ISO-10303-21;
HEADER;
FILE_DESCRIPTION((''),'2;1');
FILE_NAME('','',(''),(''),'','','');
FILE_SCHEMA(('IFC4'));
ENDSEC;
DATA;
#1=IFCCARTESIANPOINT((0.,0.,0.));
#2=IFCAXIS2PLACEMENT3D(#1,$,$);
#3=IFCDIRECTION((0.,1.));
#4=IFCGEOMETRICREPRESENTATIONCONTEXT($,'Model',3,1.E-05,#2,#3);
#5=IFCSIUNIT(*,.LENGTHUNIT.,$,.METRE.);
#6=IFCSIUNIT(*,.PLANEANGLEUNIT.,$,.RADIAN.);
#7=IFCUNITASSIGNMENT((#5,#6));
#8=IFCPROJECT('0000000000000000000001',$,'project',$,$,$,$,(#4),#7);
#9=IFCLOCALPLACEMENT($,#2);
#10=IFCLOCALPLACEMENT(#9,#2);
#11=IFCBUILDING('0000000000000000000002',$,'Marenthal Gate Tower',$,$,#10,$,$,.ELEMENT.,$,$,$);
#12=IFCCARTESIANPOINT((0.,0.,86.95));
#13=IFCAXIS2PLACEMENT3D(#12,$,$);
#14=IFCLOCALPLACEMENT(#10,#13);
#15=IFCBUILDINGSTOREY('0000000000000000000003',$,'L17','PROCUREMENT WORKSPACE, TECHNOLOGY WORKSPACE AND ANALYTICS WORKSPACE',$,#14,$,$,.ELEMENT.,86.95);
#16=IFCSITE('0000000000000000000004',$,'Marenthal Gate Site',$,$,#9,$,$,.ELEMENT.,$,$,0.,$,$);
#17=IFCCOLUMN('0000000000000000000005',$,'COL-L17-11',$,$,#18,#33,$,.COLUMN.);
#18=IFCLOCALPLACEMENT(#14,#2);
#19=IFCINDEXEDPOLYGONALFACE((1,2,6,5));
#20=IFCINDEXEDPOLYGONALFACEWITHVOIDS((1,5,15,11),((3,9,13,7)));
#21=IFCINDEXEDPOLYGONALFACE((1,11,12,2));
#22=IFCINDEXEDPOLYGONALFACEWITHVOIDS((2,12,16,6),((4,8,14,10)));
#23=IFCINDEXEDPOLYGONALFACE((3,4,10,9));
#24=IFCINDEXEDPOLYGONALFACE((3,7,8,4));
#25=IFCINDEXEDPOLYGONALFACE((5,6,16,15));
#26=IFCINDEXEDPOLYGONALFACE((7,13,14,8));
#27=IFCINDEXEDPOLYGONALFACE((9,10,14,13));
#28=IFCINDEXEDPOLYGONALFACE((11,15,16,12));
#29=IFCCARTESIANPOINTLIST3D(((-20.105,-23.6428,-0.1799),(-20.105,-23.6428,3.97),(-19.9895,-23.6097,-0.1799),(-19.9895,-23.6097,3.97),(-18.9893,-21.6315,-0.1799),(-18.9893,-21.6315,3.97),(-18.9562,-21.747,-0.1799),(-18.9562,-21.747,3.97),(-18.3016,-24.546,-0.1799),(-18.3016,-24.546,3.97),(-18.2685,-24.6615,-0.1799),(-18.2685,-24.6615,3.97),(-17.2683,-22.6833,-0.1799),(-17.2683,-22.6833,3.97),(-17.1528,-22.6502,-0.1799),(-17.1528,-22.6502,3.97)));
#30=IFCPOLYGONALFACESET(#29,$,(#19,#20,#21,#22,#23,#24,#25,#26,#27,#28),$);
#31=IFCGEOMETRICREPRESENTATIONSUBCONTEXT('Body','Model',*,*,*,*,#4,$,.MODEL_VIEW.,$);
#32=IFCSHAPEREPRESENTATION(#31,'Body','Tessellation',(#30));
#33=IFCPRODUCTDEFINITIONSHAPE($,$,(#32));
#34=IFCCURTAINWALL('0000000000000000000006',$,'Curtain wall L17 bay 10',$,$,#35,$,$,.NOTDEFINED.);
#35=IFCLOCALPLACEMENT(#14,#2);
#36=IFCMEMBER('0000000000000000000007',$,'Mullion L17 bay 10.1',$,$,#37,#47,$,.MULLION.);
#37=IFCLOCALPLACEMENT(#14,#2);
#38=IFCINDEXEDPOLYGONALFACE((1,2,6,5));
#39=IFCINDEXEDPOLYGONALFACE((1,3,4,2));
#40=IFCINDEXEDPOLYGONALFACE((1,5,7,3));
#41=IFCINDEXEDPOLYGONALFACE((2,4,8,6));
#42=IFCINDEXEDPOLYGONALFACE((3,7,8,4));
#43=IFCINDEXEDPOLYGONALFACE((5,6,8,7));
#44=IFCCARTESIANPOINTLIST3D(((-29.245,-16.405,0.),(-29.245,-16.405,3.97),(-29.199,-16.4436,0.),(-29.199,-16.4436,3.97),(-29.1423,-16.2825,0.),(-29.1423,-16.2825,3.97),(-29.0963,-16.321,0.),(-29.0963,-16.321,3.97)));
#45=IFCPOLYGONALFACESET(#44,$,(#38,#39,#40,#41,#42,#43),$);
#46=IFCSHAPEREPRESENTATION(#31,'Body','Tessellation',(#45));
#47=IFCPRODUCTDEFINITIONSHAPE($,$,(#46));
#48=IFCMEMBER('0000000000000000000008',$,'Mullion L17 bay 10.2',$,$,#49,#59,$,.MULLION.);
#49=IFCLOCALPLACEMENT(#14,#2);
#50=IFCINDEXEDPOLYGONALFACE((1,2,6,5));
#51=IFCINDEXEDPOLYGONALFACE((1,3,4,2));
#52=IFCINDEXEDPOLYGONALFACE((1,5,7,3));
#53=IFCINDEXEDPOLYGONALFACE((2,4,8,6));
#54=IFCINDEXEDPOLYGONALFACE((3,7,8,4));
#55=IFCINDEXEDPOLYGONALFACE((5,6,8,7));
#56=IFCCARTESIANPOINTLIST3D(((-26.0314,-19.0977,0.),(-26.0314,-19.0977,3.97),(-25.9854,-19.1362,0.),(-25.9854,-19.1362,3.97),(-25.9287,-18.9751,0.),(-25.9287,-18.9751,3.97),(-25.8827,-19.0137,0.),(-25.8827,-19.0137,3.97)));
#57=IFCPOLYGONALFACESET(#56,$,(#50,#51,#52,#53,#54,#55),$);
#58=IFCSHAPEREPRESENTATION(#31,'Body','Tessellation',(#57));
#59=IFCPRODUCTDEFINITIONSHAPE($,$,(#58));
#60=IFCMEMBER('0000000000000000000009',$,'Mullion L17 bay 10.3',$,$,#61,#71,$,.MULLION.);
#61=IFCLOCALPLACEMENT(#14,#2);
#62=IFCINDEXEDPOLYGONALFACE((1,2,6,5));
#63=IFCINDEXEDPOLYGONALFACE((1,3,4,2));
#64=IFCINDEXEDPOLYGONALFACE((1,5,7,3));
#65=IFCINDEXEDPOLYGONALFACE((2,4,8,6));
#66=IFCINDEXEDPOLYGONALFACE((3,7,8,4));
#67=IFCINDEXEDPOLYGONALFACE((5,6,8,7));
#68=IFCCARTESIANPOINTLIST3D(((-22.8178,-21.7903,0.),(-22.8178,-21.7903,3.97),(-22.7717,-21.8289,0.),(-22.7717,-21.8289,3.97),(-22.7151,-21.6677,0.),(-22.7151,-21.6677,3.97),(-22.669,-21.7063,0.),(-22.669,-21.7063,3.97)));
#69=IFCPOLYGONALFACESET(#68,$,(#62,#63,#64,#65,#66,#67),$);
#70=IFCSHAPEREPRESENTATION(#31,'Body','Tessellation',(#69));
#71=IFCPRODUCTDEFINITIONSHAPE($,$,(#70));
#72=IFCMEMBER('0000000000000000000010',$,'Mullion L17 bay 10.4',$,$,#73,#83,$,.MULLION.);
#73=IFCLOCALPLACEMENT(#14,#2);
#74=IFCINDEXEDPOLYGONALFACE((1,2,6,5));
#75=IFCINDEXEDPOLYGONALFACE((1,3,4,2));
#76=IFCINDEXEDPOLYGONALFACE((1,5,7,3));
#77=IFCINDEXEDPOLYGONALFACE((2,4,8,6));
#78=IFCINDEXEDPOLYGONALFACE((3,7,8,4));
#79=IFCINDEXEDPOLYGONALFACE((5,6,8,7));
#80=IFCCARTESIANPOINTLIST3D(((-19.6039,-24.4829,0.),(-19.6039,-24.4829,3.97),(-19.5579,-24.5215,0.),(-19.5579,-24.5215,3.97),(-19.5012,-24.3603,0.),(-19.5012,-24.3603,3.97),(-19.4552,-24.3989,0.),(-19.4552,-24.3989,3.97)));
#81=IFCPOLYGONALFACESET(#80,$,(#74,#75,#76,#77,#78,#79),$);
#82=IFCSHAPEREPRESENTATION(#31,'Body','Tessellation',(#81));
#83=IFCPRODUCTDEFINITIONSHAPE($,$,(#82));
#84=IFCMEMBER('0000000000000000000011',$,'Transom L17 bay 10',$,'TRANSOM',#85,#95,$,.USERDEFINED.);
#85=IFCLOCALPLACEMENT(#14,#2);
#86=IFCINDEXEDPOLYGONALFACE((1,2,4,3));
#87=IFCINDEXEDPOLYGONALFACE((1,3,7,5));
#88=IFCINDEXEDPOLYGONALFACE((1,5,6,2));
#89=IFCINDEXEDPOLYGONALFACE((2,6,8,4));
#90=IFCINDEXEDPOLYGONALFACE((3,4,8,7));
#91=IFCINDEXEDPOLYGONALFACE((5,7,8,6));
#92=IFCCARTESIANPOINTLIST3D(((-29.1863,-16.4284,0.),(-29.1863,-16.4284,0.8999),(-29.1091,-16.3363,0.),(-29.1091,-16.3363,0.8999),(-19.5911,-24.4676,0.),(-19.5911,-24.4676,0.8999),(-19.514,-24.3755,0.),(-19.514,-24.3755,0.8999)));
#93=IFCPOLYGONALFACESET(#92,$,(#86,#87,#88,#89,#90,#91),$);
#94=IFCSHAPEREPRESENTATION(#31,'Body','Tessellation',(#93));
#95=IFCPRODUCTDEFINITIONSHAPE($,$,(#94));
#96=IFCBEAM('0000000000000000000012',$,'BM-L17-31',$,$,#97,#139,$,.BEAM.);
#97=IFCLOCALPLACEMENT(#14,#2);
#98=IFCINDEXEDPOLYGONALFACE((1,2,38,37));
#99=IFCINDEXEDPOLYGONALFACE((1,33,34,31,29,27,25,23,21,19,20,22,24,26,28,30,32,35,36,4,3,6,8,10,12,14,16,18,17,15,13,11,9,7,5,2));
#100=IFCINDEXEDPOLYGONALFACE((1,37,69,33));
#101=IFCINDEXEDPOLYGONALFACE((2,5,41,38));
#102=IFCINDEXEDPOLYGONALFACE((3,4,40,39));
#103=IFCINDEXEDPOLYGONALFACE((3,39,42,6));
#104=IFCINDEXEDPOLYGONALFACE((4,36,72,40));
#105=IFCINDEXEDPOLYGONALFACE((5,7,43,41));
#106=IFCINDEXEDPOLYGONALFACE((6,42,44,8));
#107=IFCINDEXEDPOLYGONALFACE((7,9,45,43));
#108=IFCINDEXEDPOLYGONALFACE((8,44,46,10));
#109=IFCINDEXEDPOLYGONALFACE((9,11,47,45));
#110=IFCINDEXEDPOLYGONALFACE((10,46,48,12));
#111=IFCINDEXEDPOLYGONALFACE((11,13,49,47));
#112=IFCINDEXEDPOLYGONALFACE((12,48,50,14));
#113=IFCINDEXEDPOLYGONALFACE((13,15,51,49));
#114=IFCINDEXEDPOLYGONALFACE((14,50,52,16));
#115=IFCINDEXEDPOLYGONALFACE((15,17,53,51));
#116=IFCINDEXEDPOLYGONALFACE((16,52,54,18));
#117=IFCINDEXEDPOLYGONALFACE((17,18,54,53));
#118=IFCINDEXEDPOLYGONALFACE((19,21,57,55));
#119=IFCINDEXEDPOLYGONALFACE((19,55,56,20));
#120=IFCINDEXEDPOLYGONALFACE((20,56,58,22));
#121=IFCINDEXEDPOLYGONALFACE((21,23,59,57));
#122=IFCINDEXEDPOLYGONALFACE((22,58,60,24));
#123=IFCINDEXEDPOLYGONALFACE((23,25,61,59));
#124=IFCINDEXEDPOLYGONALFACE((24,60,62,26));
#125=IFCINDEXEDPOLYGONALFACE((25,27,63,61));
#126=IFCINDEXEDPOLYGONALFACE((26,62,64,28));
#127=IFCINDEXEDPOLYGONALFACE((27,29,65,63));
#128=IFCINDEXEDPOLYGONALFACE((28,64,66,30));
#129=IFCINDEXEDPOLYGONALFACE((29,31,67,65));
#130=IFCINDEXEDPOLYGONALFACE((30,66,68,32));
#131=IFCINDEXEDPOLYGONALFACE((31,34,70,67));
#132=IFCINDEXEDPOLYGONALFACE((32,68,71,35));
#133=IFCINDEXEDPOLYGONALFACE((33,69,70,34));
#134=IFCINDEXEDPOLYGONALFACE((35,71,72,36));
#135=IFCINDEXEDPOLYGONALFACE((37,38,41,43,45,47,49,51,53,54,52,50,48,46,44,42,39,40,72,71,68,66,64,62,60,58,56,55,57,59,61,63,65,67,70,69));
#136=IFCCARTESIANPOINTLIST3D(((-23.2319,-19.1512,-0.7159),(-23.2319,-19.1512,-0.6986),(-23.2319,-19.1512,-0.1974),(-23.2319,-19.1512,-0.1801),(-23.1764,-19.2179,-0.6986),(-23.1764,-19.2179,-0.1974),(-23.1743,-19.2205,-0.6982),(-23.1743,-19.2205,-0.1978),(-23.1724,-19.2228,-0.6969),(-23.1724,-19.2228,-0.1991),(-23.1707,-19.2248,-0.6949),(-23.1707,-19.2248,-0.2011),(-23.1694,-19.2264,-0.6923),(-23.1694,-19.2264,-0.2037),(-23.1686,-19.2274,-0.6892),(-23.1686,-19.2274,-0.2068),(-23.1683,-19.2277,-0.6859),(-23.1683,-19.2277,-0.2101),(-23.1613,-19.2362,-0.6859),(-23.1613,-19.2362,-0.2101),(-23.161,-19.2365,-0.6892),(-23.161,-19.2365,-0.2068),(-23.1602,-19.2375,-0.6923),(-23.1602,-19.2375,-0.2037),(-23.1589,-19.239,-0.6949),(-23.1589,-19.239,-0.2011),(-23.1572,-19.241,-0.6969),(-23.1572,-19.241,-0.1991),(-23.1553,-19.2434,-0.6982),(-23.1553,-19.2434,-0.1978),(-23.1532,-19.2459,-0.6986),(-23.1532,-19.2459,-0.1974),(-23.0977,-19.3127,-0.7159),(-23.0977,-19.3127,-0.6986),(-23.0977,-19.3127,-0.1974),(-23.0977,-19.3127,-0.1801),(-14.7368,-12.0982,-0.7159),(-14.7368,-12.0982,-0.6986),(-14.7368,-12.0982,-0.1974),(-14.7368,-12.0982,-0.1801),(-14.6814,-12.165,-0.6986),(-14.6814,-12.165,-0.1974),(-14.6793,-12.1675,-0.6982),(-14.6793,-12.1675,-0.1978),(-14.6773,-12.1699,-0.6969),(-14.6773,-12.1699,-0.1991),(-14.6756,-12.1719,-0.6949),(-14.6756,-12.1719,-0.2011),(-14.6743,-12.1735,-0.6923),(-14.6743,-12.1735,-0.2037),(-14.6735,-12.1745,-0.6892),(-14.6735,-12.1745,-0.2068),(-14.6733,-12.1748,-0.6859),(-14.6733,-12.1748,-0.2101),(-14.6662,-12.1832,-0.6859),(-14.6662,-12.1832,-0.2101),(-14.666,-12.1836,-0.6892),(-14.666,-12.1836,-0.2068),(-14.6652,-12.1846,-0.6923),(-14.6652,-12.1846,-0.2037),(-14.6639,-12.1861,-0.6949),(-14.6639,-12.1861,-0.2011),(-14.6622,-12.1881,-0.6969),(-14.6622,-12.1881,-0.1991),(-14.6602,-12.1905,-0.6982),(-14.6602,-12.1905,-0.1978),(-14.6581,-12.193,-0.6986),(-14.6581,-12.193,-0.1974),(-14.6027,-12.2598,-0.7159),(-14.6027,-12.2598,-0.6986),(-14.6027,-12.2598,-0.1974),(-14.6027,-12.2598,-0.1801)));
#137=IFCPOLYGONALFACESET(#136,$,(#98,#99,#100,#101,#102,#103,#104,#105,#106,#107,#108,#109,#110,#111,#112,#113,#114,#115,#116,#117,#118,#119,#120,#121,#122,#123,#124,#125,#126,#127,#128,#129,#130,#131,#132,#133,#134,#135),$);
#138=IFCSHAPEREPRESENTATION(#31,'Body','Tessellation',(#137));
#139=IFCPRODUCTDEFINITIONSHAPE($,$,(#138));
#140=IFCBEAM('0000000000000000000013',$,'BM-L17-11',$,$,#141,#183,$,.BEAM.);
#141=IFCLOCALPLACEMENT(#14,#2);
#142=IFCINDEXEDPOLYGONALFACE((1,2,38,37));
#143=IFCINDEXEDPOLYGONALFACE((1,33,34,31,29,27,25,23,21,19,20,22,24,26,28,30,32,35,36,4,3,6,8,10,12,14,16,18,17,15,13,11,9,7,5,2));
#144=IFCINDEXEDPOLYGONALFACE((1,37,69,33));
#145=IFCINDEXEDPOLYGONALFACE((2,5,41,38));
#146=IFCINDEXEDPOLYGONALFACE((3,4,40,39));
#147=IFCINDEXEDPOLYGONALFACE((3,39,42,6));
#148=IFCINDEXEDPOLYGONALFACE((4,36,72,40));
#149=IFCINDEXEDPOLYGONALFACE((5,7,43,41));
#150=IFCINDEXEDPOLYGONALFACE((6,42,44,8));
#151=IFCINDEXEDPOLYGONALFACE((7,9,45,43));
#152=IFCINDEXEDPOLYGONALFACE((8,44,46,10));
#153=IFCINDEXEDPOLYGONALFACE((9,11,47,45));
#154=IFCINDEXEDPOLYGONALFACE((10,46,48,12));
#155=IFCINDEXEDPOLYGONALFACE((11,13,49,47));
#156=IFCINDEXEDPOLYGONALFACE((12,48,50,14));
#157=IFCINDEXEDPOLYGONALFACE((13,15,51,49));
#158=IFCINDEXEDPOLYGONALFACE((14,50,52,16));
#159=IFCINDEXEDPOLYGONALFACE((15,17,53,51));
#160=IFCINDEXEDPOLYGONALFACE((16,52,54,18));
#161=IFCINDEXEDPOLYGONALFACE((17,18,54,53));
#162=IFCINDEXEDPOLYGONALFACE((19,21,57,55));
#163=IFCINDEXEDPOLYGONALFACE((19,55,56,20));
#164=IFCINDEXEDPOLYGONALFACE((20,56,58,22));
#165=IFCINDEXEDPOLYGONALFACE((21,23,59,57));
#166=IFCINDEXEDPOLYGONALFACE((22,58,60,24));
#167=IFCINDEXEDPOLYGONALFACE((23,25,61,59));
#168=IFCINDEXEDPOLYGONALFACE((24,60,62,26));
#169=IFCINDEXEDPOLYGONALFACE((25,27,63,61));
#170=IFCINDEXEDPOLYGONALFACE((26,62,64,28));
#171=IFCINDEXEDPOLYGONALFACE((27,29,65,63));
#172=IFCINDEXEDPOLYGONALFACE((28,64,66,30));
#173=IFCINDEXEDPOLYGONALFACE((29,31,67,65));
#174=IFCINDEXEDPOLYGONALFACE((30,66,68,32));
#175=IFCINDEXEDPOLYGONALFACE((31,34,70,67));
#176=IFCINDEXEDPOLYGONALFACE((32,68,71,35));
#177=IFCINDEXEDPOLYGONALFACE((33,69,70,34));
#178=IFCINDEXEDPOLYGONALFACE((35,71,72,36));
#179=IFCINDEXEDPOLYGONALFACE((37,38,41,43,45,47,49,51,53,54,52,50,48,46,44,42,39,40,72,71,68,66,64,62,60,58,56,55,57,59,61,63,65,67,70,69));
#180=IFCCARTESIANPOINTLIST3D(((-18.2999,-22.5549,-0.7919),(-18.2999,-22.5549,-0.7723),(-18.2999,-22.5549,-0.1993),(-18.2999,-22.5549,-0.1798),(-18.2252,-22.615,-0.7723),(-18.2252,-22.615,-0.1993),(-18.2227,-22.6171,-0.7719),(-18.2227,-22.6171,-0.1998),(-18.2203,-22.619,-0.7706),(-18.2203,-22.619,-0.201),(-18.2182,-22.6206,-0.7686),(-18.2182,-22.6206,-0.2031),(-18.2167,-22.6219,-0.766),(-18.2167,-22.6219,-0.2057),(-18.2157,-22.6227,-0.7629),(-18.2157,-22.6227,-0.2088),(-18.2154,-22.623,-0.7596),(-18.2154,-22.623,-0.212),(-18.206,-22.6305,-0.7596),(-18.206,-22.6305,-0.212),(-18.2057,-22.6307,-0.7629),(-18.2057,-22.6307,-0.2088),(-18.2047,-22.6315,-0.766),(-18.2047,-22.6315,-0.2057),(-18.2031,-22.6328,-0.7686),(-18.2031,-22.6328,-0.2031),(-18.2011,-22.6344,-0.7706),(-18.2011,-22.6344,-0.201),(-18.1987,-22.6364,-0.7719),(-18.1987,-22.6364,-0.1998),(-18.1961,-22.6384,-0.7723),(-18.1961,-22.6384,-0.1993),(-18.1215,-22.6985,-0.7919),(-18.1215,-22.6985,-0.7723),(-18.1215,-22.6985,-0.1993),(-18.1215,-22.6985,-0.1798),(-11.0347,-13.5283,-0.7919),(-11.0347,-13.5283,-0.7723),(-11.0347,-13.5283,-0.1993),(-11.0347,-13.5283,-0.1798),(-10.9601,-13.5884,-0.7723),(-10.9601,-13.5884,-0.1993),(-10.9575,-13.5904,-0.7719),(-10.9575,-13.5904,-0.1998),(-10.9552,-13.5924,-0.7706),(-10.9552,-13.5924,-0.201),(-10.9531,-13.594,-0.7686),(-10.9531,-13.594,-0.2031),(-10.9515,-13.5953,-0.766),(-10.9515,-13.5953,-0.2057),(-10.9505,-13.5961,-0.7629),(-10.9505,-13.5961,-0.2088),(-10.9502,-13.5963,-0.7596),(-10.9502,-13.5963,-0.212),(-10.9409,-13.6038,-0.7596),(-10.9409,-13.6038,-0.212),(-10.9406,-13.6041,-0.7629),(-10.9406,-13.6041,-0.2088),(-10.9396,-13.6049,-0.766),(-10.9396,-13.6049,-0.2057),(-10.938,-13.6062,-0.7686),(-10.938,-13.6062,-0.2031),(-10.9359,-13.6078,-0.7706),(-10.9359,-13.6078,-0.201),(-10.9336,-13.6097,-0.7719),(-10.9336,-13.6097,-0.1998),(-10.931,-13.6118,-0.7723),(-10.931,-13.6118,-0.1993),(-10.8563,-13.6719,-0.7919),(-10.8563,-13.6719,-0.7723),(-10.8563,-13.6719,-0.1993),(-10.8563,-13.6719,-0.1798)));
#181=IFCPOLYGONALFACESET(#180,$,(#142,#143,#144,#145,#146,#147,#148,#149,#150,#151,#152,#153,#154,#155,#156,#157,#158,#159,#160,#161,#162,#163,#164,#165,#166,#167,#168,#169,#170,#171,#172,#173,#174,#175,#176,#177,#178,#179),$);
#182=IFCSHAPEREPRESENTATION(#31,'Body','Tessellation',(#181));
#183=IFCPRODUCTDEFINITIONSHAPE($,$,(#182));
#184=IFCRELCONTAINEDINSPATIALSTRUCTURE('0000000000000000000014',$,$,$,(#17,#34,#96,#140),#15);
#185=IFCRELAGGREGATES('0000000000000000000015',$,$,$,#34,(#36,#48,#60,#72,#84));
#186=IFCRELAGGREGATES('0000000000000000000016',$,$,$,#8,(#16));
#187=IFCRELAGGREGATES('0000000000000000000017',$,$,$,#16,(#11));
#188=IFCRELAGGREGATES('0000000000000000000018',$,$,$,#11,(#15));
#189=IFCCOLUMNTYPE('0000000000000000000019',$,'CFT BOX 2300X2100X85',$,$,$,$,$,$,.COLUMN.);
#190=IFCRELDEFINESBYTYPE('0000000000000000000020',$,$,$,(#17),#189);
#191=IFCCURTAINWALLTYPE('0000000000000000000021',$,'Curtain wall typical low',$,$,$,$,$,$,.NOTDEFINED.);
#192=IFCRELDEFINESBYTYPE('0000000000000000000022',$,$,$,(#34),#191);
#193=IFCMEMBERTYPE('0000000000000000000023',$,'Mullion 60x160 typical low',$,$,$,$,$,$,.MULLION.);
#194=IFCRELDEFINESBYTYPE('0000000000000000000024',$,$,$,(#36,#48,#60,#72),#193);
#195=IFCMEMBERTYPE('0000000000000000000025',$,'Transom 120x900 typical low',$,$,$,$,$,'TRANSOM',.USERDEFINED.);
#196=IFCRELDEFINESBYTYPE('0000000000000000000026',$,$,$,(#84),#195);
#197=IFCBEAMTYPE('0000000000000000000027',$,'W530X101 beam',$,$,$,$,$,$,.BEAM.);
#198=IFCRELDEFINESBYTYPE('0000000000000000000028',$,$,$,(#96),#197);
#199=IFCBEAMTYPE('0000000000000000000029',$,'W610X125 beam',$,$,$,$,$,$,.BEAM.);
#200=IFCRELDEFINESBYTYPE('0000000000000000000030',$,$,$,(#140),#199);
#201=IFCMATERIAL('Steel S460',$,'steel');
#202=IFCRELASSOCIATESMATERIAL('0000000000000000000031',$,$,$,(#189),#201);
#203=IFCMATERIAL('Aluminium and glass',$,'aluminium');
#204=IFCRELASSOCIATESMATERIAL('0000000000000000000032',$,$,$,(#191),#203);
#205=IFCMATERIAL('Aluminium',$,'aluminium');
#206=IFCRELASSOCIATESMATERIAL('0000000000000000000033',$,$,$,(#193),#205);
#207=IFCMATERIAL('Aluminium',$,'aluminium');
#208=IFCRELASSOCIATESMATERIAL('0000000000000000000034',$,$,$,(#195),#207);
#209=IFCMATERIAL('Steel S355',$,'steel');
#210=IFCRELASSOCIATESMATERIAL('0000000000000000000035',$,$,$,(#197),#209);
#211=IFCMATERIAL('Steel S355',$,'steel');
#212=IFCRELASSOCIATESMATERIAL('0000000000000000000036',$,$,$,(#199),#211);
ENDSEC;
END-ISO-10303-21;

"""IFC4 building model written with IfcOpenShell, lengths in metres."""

from ifc_helpers import new_model, si_unit, direction, frame, origin, origin_2d, place, context, subcontext, project, spatial, rectangle, hollow_rectangle, i_section, extrude, material, material_profile, profile_set, type_object, element, aggregate, save


model = new_model("IFC4")

# Units and contexts
model_context = context("Model", 3, precision=1e-05, world=origin(), true_north=direction((0.0, 1.0)))
body_context = subcontext(model_context, "Body", "Model", "MODEL_VIEW")
ifc_project = project(units=[si_unit("LENGTHUNIT", "METRE"), si_unit("PLANEANGLEUNIT", "RADIAN")], contexts=[model_context])

# Site, building, storey
site_placement = place(None, origin())
site = spatial("IfcSite", under=ifc_project, at=site_placement, Name="Marenthal Gate Site", CompositionType="ELEMENT", RefElevation=0.0)
building_placement = place(site_placement, origin())
building = spatial("IfcBuilding", under=site, at=building_placement, Name="Marenthal Gate Tower", CompositionType="ELEMENT")
storey_placement = place(building_placement, frame((0.0, 0.0, 86.95)))
storey = spatial("IfcBuildingStorey", under=building, at=storey_placement, Name="L17", Description="PROCUREMENT WORKSPACE, TECHNOLOGY WORKSPACE AND ANALYTICS WORKSPACE", CompositionType="ELEMENT", Elevation=86.95)

# Column
ifc_material_1 = material(Name="Steel S460", Category="steel")
ifc_material_profile_1 = material_profile(ifc_material_1, hollow_rectangle(XDim=2.1001, YDim=2.3, WallThickness=0.085, at=origin_2d()), Name="CFT BOX 2300X2100X85")
ifc_material_2 = material(Name="Concrete 70 MPa", Category="concrete")
ifc_material_profile_2 = material_profile(ifc_material_2, rectangle(XDim=1.9299, YDim=2.1299, at=origin_2d()), Name="CFT BOX 2300X2100X85 INFILL")
ifc_profile_set_1 = profile_set([ifc_material_profile_1, ifc_material_profile_2], Name="Steel S460 shell, Concrete 70 MPa infill")
column_type = type_object("IfcColumnType", Name="CFT BOX 2300X2100X85", PredefinedType="COLUMN", material=ifc_profile_set_1)
column_placement = place(storey_placement, frame((-18.6289, -23.1465, -0.1799), z_axis=(0.0, 0.0, 1.0), x_axis=(-0.874462, 0.485094, 0.0)))
element("IfcColumn", 1, at=column_placement, inside=storey, type_object=column_type, Name="COL-L17-11", PredefinedType="COLUMN", context=body_context, shape_type="SweptSolid", body=[
    extrude(hollow_rectangle(XDim=2.1001, YDim=2.3, WallThickness=0.085, at=origin_2d()), origin(), (0.0, 0.0, 1.0), 4.1499),
])

# Curtain wall, members
ifc_material_3 = material(Name="Aluminium and glass", Category="aluminium")
curtain_wall_type = type_object("IfcCurtainWallType", Name="Curtain wall typical low", PredefinedType="NOTDEFINED", material=ifc_material_3)
curtain_wall_placement = place(storey_placement, origin())
curtain_wall = element("IfcCurtainWall", 2, at=curtain_wall_placement, inside=storey, type_object=curtain_wall_type, Name="Curtain wall L17 bay 10", PredefinedType="NOTDEFINED")
ifc_material_4 = material(Name="Aluminium", Category="aluminium")
ifc_material_profile_3 = material_profile(ifc_material_4, rectangle(XDim=0.1599, YDim=0.0601, at=origin_2d()), Name="60x160 aluminium mullion")
ifc_profile_set_2 = profile_set([ifc_material_profile_3], Name="Aluminium")
member_type_1 = type_object("IfcMemberType", Name="Mullion 60x160 typical low", PredefinedType="MULLION", material=ifc_profile_set_2)
member_1_placement = place(storey_placement, frame((-29.1707, -16.363, 0.0), z_axis=(0.0, 0.0, 1.0), x_axis=(0.642228, 0.766513, 0.0)))
member_1 = element("IfcMember", 3, at=member_1_placement, type_object=member_type_1, Name="Mullion L17 bay 10.1", PredefinedType="MULLION", context=body_context, shape_type="SweptSolid", body=[
    extrude(rectangle(XDim=0.1599, YDim=0.0601, at=origin_2d()), origin(), (0.0, 0.0, 1.0), 3.97),
])
member_2_placement = place(storey_placement, frame((-25.957, -19.0557, 0.0), z_axis=(0.0, 0.0, 1.0), x_axis=(0.642228, 0.766513, 0.0)))
member_2 = element("IfcMember", 4, at=member_2_placement, type_object=member_type_1, Name="Mullion L17 bay 10.2", PredefinedType="MULLION", context=body_context, shape_type="SweptSolid", body=[
    extrude(rectangle(XDim=0.1599, YDim=0.0601, at=origin_2d()), origin(), (0.0, 0.0, 1.0), 3.97),
])
member_3_placement = place(storey_placement, frame((-22.7434, -21.7483, 0.0), z_axis=(0.0, 0.0, 1.0), x_axis=(0.642228, 0.766513, 0.0)))
member_3 = element("IfcMember", 5, at=member_3_placement, type_object=member_type_1, Name="Mullion L17 bay 10.3", PredefinedType="MULLION", context=body_context, shape_type="SweptSolid", body=[
    extrude(rectangle(XDim=0.1599, YDim=0.0601, at=origin_2d()), origin(), (0.0, 0.0, 1.0), 3.97),
])
member_4_placement = place(storey_placement, frame((-19.5295, -24.4409, 0.0), z_axis=(0.0, 0.0, 1.0), x_axis=(0.642228, 0.766513, 0.0)))
member_4 = element("IfcMember", 6, at=member_4_placement, type_object=member_type_1, Name="Mullion L17 bay 10.4", PredefinedType="MULLION", context=body_context, shape_type="SweptSolid", body=[
    extrude(rectangle(XDim=0.1599, YDim=0.0601, at=origin_2d()), origin(), (0.0, 0.0, 1.0), 3.97),
])
ifc_material_5 = material(Name="Aluminium", Category="aluminium")
ifc_material_profile_4 = material_profile(ifc_material_5, rectangle(XDim=0.1201, YDim=0.8999, at=origin_2d()), Name="120x900 aluminium transom")
ifc_profile_set_3 = profile_set([ifc_material_profile_4], Name="Aluminium")
member_type_2 = type_object("IfcMemberType", Name="Transom 120x900 typical low", ElementType="TRANSOM", PredefinedType="USERDEFINED", material=ifc_profile_set_3)
member_5_placement = place(storey_placement, frame((-29.1477, -16.3823, 0.45), z_axis=(0.766518, -0.642223, 0.0), x_axis=(0.642223, 0.766518, 0.0)))
member_5 = element("IfcMember", 7, at=member_5_placement, type_object=member_type_2, Name="Transom L17 bay 10", ObjectType="TRANSOM", PredefinedType="USERDEFINED", context=body_context, shape_type="SweptSolid", body=[
    extrude(rectangle(XDim=0.1201, YDim=0.8999, at=origin_2d()), origin(), (0.0, 0.0, 1.0), 12.5178),
])

# Beams
ifc_material_6 = material(Name="Steel S355", Category="steel")
ifc_material_profile_5 = material_profile(ifc_material_6, i_section(OverallWidth=0.21, OverallDepth=0.5359, WebThickness=0.011, FlangeThickness=0.0173, FilletRadius=0.0127, at=origin_2d()), Name="W530X101")
ifc_profile_set_4 = profile_set([ifc_material_profile_5], Name="Steel S355")
beam_type_1 = type_object("IfcBeamType", Name="W530X101 beam", PredefinedType="BEAM", material=ifc_profile_set_4)
beam_1_placement = place(storey_placement, frame((-23.1648, -19.2319, -0.448), z_axis=(0.769391, 0.638778, 0.0), x_axis=(-0.638778, 0.769391, 0.0)))
element("IfcBeam", 8, at=beam_1_placement, inside=storey, type_object=beam_type_1, Name="BM-L17-31", PredefinedType="BEAM", context=body_context, shape_type="SweptSolid", body=[
    extrude(i_section(OverallWidth=0.21, OverallDepth=0.5359, WebThickness=0.011, FlangeThickness=0.0173, FilletRadius=0.0127, at=origin_2d()), origin(), (0.0, 0.0, 1.0), 11.0413),
])
ifc_material_7 = material(Name="Steel S355", Category="steel")
ifc_material_profile_6 = material_profile(ifc_material_7, i_section(OverallWidth=0.229, OverallDepth=0.6121, WebThickness=0.012, FlangeThickness=0.0195, FilletRadius=0.0127, at=origin_2d()), Name="W610X125")
ifc_profile_set_5 = profile_set([ifc_material_profile_6], Name="Steel S355")
beam_type_2 = type_object("IfcBeamType", Name="W610X125 beam", PredefinedType="BEAM", material=ifc_profile_set_5)
beam_2_placement = place(storey_placement, frame((-18.2107, -22.6267, -0.4858), z_axis=(0.627, 0.779019, 0.0), x_axis=(-0.779019, 0.627, 0.0)))
element("IfcBeam", 9, at=beam_2_placement, inside=storey, type_object=beam_type_2, Name="BM-L17-11", PredefinedType="BEAM", context=body_context, shape_type="SweptSolid", body=[
    extrude(i_section(OverallWidth=0.229, OverallDepth=0.6121, WebThickness=0.012, FlangeThickness=0.0195, FilletRadius=0.0127, at=origin_2d()), origin(), (0.0, 0.0, 1.0), 11.5872),
])

aggregate(curtain_wall, [member_1, member_2, member_3, member_4, member_5])

save(model, "model.ifc")
